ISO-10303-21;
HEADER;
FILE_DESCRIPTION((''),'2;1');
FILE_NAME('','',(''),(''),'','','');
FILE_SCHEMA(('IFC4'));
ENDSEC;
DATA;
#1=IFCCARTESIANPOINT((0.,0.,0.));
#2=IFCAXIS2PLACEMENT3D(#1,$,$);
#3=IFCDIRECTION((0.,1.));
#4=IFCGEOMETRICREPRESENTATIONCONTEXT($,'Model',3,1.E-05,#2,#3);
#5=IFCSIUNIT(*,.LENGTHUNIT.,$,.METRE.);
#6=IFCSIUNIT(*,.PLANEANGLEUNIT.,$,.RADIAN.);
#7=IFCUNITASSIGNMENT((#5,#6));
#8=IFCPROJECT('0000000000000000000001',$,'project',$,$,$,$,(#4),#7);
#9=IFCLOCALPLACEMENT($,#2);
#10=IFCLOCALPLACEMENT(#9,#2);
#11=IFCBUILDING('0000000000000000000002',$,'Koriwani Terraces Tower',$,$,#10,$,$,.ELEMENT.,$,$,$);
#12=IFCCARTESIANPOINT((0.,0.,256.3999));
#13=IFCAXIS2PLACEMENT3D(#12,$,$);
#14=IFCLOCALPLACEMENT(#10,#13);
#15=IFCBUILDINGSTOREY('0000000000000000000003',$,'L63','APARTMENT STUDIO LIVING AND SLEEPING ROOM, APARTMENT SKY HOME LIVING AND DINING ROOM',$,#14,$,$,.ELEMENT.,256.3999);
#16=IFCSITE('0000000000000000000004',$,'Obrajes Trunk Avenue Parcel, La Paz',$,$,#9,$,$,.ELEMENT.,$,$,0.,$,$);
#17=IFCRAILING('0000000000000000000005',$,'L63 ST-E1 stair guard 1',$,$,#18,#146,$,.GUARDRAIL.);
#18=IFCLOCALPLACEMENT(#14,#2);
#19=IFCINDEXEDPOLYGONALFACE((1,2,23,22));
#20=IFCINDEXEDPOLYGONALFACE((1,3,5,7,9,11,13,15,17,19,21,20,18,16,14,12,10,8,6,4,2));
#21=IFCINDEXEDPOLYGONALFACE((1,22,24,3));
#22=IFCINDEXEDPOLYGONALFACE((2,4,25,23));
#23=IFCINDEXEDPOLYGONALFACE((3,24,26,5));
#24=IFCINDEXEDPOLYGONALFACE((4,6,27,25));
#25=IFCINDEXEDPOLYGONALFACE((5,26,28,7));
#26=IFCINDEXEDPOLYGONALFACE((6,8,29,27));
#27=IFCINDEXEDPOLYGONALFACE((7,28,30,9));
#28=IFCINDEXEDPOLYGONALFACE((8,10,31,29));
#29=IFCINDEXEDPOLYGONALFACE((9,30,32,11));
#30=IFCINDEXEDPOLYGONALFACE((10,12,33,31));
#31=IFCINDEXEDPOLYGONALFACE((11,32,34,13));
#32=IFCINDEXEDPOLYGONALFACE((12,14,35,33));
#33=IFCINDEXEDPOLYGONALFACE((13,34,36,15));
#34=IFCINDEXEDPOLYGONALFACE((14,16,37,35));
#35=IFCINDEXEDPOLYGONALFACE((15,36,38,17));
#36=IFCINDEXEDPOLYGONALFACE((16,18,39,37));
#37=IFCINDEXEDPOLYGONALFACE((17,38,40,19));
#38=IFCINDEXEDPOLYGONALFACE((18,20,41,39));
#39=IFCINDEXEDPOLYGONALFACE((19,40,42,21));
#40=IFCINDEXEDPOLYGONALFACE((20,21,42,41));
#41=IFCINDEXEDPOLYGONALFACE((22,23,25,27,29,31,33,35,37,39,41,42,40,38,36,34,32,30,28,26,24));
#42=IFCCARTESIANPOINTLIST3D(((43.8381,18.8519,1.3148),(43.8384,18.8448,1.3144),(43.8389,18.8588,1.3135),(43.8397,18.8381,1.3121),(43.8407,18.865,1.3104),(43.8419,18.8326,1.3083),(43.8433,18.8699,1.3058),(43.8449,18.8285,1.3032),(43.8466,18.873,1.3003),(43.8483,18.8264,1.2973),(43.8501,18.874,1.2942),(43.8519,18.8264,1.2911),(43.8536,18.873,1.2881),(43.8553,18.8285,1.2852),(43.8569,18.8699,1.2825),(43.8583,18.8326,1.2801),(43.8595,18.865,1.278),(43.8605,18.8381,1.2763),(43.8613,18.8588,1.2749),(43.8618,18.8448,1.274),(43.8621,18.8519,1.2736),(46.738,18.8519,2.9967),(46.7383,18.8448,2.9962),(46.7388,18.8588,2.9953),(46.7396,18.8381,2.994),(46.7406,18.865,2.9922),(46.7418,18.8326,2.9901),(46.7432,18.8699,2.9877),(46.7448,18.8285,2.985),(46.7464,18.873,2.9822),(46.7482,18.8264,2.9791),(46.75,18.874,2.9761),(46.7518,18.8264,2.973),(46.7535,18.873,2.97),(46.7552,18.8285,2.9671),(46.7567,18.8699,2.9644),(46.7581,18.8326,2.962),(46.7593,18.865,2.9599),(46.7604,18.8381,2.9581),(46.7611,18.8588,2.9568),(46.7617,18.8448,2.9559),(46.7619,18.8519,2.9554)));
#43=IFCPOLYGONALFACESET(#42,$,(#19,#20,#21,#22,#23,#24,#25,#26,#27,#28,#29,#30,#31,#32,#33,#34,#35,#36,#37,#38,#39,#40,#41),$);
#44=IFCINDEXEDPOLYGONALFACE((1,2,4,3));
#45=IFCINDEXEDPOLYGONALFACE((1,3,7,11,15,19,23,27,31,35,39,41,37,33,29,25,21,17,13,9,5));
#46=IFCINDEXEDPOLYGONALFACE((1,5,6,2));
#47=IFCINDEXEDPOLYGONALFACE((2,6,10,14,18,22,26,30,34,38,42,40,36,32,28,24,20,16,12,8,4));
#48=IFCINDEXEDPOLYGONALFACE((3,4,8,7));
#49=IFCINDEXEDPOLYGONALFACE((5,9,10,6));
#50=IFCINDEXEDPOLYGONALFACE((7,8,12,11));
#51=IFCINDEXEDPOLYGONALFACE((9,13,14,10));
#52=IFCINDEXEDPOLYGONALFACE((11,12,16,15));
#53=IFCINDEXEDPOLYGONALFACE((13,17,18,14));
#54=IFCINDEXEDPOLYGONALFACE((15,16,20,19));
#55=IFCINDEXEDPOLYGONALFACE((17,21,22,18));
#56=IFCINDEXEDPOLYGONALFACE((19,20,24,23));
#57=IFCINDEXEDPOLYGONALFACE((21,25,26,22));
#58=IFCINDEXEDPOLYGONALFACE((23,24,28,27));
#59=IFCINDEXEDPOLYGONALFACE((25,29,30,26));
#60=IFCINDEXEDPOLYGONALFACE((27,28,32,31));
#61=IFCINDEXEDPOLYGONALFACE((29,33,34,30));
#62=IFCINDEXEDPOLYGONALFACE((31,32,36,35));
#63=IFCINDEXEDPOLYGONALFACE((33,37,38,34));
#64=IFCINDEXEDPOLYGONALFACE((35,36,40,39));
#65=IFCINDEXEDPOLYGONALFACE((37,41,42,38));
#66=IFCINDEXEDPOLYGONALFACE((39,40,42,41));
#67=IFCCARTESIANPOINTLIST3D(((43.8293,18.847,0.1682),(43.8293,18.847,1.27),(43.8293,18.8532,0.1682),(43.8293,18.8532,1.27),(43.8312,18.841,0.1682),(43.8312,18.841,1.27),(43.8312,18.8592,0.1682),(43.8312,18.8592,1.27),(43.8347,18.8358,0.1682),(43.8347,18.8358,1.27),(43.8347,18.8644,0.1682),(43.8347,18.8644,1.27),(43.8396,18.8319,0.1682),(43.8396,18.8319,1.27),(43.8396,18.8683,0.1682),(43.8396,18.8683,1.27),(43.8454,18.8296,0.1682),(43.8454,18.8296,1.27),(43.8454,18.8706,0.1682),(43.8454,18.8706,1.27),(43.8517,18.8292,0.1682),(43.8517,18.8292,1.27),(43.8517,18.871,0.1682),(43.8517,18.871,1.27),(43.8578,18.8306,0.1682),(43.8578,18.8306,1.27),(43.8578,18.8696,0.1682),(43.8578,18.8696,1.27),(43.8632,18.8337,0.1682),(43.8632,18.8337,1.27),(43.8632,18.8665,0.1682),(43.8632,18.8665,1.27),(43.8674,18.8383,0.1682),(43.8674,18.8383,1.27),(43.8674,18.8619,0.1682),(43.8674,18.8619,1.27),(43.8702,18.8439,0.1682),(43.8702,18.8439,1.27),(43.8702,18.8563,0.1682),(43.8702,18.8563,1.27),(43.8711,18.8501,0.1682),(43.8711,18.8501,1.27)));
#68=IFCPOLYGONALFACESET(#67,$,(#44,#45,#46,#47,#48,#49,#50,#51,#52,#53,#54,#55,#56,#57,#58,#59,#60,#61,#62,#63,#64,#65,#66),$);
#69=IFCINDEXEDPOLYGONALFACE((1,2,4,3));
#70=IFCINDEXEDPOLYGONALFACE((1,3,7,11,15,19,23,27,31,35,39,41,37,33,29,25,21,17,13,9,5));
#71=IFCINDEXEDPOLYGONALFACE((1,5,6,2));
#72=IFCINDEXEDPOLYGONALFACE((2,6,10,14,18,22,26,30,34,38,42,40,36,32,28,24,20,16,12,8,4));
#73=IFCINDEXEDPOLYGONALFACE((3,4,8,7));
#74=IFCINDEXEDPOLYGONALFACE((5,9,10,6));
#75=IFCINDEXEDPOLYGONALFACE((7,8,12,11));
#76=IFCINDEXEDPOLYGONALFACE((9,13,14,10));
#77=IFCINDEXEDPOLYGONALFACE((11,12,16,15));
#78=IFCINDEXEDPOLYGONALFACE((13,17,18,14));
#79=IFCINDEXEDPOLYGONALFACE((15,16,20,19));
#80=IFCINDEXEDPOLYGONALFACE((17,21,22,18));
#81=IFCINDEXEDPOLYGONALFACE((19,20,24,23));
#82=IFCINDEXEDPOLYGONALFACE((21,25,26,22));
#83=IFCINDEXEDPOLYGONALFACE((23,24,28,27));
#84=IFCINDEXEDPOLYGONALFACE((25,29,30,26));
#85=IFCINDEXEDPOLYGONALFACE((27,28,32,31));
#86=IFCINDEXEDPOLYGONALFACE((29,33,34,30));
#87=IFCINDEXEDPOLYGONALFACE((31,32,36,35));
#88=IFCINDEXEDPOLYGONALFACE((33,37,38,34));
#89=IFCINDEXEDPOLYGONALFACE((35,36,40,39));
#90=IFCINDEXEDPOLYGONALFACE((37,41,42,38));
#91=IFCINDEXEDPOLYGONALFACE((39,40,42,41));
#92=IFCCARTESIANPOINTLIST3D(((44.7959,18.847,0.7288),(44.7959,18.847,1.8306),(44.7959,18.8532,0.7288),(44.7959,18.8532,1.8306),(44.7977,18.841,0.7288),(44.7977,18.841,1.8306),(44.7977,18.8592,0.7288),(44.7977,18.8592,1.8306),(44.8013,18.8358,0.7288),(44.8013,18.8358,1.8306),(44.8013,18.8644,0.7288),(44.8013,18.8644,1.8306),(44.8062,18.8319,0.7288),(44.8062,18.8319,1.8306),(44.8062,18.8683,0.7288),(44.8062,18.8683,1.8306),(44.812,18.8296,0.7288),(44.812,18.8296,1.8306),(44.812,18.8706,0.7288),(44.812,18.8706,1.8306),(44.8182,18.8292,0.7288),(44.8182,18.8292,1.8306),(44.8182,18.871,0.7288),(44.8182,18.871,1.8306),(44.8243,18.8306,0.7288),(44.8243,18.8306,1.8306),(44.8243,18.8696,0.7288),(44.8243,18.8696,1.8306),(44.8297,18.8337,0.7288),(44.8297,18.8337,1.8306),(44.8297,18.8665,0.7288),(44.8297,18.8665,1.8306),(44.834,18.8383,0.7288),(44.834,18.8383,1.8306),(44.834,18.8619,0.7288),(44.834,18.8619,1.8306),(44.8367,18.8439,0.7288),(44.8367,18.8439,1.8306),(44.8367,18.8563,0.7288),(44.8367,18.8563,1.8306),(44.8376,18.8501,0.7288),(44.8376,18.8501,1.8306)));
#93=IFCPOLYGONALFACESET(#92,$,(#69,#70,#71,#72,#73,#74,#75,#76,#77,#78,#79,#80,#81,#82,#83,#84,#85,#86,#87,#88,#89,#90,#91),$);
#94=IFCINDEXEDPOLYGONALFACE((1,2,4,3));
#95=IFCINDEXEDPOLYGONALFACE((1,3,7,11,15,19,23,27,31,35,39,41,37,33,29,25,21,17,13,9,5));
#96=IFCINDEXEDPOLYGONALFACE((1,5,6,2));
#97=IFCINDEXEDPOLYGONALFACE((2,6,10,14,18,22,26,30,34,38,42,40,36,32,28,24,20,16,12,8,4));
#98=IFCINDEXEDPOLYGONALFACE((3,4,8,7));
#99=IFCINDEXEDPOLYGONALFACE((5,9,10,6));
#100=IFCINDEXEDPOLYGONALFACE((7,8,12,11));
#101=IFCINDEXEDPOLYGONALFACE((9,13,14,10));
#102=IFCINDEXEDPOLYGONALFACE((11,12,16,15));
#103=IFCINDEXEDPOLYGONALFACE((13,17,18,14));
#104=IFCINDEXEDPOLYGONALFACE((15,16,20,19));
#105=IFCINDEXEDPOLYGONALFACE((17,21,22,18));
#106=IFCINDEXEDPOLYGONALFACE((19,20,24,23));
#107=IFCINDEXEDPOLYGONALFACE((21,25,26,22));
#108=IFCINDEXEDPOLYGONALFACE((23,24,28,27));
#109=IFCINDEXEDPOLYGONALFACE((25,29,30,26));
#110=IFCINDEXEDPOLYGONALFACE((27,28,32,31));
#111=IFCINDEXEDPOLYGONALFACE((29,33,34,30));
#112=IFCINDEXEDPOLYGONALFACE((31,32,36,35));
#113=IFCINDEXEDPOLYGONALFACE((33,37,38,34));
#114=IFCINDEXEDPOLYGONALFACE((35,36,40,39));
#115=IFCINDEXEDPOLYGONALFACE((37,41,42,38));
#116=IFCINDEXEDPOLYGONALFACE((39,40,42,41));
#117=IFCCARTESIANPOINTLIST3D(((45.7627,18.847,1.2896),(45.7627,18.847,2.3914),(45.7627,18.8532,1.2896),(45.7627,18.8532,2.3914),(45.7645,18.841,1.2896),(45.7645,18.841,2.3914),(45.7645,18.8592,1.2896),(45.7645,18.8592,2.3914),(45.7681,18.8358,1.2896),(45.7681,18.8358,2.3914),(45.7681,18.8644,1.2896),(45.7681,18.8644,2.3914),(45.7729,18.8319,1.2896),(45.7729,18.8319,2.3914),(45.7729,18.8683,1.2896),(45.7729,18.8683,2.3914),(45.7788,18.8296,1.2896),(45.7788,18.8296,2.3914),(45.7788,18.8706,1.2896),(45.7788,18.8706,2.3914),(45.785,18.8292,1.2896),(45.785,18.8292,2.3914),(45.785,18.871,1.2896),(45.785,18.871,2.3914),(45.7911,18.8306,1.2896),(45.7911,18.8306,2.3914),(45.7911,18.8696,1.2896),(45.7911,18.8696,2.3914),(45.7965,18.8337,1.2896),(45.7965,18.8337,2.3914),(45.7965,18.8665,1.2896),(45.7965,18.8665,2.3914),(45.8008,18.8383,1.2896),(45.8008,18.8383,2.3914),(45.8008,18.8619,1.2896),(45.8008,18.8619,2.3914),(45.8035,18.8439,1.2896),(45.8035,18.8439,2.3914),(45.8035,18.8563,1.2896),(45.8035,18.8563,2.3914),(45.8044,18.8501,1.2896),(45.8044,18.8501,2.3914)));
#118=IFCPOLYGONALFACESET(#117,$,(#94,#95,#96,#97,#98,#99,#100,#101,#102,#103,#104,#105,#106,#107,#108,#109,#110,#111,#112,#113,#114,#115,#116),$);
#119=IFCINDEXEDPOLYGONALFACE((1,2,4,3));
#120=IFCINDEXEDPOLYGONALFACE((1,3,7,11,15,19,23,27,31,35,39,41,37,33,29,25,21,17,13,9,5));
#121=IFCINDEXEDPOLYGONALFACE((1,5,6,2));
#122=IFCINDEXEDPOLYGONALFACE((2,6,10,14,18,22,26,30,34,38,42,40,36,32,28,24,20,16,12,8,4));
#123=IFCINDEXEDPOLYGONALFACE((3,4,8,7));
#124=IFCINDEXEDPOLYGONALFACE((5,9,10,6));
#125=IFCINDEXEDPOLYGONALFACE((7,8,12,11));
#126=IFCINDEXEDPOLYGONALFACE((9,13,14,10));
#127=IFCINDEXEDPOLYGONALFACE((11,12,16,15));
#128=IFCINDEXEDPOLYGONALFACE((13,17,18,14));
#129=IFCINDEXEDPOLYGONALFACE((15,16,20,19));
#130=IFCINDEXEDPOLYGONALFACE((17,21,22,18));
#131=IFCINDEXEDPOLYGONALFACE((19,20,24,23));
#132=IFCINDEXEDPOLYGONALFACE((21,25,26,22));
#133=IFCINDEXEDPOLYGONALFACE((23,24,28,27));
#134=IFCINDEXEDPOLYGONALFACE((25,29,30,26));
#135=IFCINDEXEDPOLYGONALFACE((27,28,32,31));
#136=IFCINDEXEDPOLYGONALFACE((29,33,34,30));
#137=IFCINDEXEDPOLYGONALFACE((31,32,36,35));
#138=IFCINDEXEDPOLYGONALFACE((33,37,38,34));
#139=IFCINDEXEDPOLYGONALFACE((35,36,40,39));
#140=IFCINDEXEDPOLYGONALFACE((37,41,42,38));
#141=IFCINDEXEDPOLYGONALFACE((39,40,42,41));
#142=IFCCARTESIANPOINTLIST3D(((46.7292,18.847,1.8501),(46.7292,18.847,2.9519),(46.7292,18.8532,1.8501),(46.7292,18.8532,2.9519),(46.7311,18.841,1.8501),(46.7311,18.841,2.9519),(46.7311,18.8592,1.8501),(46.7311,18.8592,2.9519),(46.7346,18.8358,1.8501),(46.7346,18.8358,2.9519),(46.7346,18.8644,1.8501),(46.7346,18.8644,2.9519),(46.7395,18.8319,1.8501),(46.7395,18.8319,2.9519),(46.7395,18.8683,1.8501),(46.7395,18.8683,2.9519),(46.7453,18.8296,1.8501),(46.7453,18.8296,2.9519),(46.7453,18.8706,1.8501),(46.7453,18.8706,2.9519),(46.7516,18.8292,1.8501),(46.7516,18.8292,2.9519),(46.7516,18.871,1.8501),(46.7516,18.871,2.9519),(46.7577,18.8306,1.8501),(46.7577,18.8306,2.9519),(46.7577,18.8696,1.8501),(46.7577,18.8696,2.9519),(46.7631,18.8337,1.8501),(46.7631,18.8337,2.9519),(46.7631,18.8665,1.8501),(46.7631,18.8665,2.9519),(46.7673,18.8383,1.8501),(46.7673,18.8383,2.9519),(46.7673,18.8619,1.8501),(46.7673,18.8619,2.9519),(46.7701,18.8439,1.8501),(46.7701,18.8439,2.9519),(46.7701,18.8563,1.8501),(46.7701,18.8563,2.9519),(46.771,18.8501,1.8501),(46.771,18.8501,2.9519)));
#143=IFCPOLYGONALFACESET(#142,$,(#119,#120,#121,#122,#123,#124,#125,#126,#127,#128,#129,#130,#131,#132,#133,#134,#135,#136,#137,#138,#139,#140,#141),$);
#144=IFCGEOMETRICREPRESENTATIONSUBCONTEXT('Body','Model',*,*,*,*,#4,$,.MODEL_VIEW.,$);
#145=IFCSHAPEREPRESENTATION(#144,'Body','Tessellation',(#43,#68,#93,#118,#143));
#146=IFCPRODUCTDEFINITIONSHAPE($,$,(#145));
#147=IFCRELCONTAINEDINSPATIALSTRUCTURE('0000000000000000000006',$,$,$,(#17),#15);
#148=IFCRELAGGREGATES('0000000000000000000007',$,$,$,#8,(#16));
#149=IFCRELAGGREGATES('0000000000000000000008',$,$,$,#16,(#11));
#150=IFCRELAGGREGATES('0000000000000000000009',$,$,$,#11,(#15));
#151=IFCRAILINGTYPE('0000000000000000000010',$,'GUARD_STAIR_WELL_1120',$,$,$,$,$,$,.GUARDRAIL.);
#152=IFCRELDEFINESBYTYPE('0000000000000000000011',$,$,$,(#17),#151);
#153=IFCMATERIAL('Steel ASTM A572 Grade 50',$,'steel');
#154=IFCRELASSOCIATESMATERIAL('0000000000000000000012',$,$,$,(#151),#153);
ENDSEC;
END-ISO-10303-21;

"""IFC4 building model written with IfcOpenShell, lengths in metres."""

from ifc_helpers import new_model, si_unit, direction, frame, origin, origin_2d, place, context, subcontext, project, spatial, circle, extrude, material, type_object, element, save


model = new_model("IFC4")

# Units and contexts
model_context = context("Model", 3, precision=1e-05, world=origin(), true_north=direction((0.0, 1.0)))
body_context = subcontext(model_context, "Body", "Model", "MODEL_VIEW")
ifc_project = project(units=[si_unit("LENGTHUNIT", "METRE"), si_unit("PLANEANGLEUNIT", "RADIAN")], contexts=[model_context])

# Site, building, storey
site_placement = place(None, origin())
site = spatial("IfcSite", under=ifc_project, at=site_placement, Name="Obrajes Trunk Avenue Parcel, La Paz", CompositionType="ELEMENT", RefElevation=0.0)
building_placement = place(site_placement, origin())
building = spatial("IfcBuilding", under=site, at=building_placement, Name="Koriwani Terraces Tower", CompositionType="ELEMENT")
storey_placement = place(building_placement, frame((0.0, 0.0, 256.3999)))
storey = spatial("IfcBuildingStorey", under=building, at=storey_placement, Name="L63", Description="APARTMENT STUDIO LIVING AND SLEEPING ROOM, APARTMENT SKY HOME LIVING AND DINING ROOM", CompositionType="ELEMENT", Elevation=256.3999)

# Shared definitions
ifc_material_1 = material(Name="Steel ASTM A572 Grade 50", Category="steel")

# Railing
railing_type_1 = type_object("IfcRailingType", Name="GUARD_STAIR_WELL_1120", PredefinedType="GUARDRAIL", material=ifc_material_1)
railing_1_placement = place(storey_placement, frame((43.8501, 18.8501, 0.1682)))
element("IfcRailing", 1, at=railing_1_placement, inside=storey, type_object=railing_type_1, Name="L63 ST-E1 stair guard 1", PredefinedType="GUARDRAIL", context=body_context, shape_type="SweptSolid", body=[
    extrude(circle(Radius=0.0239, at=origin_2d()), frame((0.0, 0.0, 1.126), z_axis=(0.865039, 0.0, 0.501705), x_axis=(0.0, 1.0, 0.0)), (0.0, 0.0, 1.0), 3.3523),
    extrude(circle(Radius=0.021, at=origin_2d()), origin(), (0.0, 0.0, 1.0), 1.1018),
    extrude(circle(Radius=0.021, at=origin_2d()), frame((0.9666, 0.0, 0.5605)), (0.0, 0.0, 1.0), 1.1018),
    extrude(circle(Radius=0.021, at=origin_2d()), frame((1.9333, 0.0, 1.1213)), (0.0, 0.0, 1.0), 1.1018),
    extrude(circle(Radius=0.021, at=origin_2d()), frame((2.8999, 0.0, 1.6819)), (0.0, 0.0, 1.0), 1.1018),
])

save(model, "model.ifc")
